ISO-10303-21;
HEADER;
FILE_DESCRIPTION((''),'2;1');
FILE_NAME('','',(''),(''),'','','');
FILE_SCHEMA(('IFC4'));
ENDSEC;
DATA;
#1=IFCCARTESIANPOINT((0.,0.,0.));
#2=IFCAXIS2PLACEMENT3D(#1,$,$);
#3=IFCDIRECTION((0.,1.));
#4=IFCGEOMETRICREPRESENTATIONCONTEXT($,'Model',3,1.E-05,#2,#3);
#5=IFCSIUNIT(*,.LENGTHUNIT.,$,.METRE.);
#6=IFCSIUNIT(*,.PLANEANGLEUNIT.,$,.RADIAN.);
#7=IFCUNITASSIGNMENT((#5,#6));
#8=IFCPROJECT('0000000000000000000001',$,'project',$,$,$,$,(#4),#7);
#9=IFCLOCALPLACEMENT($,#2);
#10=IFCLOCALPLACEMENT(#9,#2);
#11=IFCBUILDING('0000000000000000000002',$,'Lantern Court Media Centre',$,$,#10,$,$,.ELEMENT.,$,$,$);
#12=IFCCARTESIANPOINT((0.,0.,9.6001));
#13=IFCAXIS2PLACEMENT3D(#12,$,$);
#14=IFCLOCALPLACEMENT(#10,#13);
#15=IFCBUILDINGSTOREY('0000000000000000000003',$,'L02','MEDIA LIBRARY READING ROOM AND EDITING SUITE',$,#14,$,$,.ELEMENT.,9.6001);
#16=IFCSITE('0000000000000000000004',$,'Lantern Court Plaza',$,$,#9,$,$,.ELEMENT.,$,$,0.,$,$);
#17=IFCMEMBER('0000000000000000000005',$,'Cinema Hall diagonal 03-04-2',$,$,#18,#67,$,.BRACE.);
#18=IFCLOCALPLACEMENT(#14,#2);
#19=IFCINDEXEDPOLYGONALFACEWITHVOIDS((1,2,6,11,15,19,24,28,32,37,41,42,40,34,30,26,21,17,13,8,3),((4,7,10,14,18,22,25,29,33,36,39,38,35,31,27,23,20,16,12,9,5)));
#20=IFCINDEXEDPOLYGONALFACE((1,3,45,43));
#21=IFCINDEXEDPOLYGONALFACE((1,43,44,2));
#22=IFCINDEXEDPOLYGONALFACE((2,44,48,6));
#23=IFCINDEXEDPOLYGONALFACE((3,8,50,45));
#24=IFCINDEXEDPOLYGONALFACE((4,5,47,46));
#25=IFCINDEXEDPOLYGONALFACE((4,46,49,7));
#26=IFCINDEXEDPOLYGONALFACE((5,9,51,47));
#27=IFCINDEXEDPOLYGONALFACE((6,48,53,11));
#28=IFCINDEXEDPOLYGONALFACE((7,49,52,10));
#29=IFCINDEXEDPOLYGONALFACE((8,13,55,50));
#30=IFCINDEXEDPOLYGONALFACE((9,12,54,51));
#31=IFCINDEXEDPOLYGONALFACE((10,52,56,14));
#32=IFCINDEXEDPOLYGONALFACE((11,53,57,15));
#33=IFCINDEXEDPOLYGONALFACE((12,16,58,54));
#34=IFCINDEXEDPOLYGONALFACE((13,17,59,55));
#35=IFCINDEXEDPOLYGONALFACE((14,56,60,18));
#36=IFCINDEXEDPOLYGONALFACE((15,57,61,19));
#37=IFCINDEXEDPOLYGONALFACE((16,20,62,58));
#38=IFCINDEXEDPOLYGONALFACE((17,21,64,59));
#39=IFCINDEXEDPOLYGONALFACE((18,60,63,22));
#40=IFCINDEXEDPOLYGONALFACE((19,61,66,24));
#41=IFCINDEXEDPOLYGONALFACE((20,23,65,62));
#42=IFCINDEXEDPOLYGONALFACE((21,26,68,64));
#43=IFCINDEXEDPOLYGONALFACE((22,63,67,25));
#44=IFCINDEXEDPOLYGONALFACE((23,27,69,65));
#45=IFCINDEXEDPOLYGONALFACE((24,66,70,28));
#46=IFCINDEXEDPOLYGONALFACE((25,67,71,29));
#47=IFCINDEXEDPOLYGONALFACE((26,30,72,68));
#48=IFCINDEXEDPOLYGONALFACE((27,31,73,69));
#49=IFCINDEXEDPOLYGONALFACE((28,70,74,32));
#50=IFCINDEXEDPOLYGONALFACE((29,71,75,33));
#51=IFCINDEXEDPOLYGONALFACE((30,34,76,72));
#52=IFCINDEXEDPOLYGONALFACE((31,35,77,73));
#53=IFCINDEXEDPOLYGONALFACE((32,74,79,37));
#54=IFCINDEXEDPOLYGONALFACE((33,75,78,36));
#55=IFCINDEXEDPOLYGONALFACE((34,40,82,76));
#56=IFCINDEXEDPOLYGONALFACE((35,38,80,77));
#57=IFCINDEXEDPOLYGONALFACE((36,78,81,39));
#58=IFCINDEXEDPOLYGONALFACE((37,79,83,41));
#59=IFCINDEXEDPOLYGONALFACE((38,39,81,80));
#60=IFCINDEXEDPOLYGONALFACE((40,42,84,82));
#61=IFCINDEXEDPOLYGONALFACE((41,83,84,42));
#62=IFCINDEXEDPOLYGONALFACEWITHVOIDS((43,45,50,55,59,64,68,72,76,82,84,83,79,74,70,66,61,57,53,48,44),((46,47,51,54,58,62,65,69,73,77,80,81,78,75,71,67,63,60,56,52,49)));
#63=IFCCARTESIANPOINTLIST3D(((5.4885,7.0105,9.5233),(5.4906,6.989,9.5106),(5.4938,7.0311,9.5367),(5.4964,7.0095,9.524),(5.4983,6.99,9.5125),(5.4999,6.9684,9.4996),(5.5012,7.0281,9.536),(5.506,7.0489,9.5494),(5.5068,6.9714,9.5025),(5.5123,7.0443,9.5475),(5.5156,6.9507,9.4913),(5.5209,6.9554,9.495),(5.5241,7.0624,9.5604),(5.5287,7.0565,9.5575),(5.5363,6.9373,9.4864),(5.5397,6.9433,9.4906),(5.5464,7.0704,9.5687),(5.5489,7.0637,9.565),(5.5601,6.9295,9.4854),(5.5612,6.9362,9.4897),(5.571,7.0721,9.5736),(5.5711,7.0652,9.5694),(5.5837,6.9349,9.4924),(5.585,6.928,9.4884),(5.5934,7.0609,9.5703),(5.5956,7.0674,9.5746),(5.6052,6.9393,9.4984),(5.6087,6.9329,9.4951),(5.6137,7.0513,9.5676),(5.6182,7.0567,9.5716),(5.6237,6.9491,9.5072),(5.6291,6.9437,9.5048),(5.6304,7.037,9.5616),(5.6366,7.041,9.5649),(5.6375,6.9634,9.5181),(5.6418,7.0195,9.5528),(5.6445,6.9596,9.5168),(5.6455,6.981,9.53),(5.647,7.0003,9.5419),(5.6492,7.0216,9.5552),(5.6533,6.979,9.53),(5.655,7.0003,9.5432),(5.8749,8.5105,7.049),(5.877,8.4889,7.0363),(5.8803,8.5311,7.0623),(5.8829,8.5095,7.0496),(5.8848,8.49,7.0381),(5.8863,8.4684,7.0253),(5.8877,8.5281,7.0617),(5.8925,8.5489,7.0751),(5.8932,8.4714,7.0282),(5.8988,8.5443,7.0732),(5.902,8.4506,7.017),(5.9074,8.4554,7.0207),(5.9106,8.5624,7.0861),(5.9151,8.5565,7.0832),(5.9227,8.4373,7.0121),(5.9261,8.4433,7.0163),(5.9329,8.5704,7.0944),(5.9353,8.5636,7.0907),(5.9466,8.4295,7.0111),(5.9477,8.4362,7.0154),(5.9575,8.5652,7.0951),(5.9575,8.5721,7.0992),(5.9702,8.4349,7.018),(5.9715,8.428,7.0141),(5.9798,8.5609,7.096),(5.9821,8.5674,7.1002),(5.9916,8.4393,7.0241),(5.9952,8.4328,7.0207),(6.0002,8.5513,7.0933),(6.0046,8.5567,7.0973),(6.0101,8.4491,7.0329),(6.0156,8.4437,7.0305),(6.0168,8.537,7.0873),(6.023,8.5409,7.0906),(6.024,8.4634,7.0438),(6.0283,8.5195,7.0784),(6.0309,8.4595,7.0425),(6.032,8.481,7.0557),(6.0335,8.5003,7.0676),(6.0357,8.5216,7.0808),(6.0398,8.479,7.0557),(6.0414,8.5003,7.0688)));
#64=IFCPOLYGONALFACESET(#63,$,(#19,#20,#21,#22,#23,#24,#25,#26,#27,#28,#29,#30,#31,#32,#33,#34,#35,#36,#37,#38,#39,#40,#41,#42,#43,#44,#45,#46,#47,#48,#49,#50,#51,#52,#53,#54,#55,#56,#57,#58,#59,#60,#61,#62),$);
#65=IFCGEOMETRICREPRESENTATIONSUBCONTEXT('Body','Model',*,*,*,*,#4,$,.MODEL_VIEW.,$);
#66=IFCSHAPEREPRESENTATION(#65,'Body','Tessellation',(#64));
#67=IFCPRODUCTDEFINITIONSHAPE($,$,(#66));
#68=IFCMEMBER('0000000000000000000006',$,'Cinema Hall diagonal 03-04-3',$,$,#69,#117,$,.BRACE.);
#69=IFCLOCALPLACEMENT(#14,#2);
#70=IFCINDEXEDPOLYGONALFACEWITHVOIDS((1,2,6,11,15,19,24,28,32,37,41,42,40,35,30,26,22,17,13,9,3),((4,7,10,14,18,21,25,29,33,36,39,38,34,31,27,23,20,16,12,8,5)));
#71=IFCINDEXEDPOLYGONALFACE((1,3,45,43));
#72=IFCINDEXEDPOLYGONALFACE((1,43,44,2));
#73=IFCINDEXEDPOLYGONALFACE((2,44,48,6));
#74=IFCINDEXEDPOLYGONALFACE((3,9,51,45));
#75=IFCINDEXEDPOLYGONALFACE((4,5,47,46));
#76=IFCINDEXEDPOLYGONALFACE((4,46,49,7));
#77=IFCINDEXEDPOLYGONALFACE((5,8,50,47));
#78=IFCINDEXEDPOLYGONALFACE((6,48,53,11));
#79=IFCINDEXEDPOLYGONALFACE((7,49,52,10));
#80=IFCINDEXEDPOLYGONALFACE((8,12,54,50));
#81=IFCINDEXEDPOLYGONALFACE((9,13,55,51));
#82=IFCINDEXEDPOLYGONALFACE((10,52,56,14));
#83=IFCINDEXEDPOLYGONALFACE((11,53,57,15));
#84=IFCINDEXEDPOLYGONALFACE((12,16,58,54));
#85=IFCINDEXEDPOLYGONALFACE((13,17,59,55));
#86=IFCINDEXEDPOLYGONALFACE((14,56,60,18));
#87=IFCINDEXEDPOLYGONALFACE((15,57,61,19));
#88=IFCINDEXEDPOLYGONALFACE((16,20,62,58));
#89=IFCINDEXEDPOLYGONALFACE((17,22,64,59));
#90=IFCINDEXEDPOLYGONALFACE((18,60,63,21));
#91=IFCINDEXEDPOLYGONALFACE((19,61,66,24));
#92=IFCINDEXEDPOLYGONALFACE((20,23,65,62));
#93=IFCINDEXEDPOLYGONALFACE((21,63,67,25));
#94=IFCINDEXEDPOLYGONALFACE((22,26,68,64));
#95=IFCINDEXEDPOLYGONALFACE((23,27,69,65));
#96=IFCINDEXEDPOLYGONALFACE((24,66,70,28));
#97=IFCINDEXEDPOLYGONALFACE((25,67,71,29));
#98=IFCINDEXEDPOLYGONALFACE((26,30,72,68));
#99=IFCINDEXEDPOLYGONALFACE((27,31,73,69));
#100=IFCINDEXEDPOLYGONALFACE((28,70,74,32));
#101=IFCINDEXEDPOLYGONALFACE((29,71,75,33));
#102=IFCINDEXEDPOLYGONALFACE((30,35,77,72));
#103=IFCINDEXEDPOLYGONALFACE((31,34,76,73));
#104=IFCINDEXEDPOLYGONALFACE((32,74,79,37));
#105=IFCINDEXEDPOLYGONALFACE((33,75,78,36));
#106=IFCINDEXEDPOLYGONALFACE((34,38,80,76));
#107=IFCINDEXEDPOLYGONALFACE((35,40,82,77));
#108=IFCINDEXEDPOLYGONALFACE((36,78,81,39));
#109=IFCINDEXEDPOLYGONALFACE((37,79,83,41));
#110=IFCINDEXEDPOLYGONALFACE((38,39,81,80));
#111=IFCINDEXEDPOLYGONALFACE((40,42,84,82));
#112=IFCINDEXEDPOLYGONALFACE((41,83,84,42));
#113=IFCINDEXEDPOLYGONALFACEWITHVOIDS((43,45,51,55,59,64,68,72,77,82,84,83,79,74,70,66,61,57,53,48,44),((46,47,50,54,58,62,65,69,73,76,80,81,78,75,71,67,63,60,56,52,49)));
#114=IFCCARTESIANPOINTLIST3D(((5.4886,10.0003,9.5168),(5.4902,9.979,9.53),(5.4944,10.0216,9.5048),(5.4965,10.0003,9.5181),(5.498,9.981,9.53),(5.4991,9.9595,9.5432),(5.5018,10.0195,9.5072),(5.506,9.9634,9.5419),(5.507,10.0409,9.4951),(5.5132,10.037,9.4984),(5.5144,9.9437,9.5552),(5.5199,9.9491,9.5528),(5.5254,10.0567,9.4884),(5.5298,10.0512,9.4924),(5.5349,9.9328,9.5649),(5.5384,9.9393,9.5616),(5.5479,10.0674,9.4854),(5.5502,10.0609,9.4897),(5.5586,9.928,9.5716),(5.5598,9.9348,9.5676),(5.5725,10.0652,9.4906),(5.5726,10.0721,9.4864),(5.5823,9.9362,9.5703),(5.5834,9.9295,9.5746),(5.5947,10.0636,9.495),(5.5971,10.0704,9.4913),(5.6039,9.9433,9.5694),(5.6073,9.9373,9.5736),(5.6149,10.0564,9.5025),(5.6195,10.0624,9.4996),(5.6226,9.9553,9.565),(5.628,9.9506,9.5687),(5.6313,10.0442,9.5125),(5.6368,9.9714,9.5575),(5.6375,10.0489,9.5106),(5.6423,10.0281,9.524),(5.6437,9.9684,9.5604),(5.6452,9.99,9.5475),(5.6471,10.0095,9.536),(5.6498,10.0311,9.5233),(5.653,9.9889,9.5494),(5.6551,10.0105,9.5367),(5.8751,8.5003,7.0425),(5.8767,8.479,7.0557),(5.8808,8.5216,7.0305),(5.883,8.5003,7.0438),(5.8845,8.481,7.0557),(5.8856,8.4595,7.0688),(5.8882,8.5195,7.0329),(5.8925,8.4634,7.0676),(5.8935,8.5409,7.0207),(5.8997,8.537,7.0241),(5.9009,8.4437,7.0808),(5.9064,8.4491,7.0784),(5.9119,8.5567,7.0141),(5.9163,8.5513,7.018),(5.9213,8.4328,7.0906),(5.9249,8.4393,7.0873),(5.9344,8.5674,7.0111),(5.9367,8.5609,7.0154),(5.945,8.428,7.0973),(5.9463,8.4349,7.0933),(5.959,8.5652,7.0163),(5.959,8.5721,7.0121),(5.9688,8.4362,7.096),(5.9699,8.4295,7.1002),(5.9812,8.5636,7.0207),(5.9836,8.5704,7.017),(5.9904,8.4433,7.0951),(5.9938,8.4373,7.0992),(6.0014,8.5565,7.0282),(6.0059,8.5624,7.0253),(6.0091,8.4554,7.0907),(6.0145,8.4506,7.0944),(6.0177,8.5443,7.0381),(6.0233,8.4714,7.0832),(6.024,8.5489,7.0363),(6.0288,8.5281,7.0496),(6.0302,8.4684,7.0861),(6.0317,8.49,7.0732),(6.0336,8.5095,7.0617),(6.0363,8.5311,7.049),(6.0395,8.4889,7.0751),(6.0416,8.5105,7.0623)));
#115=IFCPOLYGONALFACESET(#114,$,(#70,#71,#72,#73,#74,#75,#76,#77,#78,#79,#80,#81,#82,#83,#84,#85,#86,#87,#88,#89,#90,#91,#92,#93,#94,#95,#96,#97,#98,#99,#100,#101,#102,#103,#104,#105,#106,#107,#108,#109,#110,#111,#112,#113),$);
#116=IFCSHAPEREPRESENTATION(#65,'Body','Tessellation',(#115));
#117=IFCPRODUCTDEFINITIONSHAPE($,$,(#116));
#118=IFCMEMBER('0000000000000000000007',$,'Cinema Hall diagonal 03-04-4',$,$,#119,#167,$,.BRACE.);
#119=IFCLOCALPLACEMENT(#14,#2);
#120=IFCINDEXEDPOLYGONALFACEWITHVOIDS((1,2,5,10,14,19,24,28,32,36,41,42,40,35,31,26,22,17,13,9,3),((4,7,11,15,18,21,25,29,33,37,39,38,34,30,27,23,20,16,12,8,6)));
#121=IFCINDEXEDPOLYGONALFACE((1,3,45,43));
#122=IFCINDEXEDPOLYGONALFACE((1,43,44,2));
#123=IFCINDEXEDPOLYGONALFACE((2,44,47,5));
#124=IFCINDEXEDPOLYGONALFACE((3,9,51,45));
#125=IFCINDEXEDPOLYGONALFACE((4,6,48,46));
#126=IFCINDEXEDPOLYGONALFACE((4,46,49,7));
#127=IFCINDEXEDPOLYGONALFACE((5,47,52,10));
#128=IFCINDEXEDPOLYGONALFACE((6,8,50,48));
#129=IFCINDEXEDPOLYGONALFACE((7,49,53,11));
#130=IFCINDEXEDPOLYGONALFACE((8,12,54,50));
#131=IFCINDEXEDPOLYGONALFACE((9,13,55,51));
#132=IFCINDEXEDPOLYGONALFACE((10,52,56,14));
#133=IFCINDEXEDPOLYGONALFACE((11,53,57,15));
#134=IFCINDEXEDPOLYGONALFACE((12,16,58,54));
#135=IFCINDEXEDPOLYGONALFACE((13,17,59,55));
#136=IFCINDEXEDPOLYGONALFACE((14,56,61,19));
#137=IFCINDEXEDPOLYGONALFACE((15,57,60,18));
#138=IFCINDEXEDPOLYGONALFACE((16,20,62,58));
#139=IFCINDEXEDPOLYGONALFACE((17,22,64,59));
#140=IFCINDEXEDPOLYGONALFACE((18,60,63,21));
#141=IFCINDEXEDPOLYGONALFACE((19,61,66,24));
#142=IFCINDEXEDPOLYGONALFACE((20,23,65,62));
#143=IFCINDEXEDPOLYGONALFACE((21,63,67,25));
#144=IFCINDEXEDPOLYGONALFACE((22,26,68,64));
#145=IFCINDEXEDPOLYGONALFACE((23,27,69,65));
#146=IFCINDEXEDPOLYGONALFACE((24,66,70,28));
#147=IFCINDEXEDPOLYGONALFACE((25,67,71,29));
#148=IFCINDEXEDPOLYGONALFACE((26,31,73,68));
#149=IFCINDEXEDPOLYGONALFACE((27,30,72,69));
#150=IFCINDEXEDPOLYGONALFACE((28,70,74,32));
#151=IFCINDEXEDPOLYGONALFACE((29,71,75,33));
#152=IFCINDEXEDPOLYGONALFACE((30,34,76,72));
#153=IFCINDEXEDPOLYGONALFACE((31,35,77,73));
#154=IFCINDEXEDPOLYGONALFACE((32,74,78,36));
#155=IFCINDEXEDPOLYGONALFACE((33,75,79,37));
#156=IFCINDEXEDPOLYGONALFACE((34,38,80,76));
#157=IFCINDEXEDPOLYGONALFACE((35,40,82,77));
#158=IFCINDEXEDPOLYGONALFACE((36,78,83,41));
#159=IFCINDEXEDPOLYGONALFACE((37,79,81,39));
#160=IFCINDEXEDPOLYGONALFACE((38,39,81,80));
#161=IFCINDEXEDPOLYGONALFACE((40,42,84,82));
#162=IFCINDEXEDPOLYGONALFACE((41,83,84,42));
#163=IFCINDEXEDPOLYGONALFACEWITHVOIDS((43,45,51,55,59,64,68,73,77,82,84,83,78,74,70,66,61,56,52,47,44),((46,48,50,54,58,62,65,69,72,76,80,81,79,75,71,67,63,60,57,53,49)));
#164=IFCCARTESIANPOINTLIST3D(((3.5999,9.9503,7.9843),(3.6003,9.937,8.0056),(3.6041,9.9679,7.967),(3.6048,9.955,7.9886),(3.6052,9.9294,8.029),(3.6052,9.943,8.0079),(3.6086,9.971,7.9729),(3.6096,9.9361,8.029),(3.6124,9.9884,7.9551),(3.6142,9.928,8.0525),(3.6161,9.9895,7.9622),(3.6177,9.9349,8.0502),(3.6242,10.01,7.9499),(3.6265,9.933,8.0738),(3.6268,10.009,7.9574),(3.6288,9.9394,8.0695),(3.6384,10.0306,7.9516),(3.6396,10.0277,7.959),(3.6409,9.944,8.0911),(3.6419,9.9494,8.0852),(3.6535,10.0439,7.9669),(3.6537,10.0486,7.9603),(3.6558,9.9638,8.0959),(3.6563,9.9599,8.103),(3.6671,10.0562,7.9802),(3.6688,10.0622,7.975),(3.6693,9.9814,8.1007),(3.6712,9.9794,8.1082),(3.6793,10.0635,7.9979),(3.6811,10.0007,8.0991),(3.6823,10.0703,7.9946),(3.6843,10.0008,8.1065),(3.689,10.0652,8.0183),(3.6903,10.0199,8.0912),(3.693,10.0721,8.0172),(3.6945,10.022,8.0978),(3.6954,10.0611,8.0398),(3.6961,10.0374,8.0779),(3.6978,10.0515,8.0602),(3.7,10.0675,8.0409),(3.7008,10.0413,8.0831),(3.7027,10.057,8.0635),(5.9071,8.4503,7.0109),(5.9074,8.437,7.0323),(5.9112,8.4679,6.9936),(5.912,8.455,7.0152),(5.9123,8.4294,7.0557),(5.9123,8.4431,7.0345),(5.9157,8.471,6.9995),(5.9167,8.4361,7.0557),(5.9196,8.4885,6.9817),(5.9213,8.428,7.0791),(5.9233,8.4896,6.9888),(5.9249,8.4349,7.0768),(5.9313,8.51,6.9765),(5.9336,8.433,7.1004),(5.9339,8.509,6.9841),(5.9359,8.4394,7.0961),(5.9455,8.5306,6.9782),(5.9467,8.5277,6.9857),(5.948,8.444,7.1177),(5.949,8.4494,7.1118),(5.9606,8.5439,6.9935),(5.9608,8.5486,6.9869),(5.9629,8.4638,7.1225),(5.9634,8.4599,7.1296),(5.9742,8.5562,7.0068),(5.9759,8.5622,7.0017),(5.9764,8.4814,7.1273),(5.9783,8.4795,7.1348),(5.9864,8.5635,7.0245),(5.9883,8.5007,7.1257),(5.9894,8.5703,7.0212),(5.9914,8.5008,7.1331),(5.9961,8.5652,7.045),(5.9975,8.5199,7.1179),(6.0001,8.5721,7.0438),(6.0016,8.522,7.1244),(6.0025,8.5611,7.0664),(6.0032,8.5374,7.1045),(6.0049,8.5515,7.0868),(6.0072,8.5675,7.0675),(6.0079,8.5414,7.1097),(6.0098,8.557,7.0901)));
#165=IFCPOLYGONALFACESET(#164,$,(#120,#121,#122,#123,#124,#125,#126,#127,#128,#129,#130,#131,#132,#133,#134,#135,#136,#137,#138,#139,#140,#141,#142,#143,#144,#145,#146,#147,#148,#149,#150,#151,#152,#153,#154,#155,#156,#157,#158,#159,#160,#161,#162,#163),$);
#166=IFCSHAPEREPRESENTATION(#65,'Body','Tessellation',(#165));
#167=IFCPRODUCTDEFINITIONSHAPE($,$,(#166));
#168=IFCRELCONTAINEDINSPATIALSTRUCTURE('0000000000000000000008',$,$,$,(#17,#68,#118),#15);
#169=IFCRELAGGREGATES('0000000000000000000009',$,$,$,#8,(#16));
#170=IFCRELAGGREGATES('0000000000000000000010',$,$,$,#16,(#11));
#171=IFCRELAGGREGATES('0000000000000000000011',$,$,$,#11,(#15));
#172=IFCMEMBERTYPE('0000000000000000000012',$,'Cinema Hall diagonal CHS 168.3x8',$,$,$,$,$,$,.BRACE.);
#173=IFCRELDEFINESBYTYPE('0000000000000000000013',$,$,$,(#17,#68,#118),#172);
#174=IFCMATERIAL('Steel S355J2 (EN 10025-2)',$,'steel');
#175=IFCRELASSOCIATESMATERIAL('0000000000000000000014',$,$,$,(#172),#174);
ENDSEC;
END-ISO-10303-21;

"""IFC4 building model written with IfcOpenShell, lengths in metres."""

from ifc_helpers import new_model, si_unit, direction, frame, origin, origin_2d, place, context, subcontext, project, spatial, hollow_circle, extrude, material, material_profile, profile_set, type_object, element, save


model = new_model("IFC4")

# Units and contexts
model_context = context("Model", 3, precision=1e-05, world=origin(), true_north=direction((0.0, 1.0)))
body_context = subcontext(model_context, "Body", "Model", "MODEL_VIEW")
ifc_project = project(units=[si_unit("LENGTHUNIT", "METRE"), si_unit("PLANEANGLEUNIT", "RADIAN")], contexts=[model_context])

# Site, building, storey
site_placement = place(None, origin())
site = spatial("IfcSite", under=ifc_project, at=site_placement, Name="Lantern Court Plaza", CompositionType="ELEMENT", RefElevation=0.0)
building_placement = place(site_placement, origin())
building = spatial("IfcBuilding", under=site, at=building_placement, Name="Lantern Court Media Centre", CompositionType="ELEMENT")
storey_placement = place(building_placement, frame((0.0, 0.0, 9.6001)))
storey = spatial("IfcBuildingStorey", under=building, at=storey_placement, Name="L02", Description="MEDIA LIBRARY READING ROOM AND EDITING SUITE", CompositionType="ELEMENT", Elevation=9.6001)

# Members
ifc_material = material(Name="Steel S355J2 (EN 10025-2)", Category="steel")
ifc_material_profile_1 = material_profile(ifc_material, hollow_circle(Radius=0.0842, WallThickness=0.0081, at=origin_2d()), Name="Cinema Hall diagonal CHS 168.3x8")
ifc_profile_set_1 = profile_set([ifc_material_profile_1], Name="Steel S355J2 (EN 10025-2)")
member_type_1 = type_object("IfcMemberType", Name="Cinema Hall diagonal CHS 168.3x8", PredefinedType="BRACE", material=ifc_profile_set_1)
for number, where, z_axis, x_axis, name in (
    (1, (5.9583, 8.5, 7.0557), (-0.13239, -0.513836, 0.847612), (0.968374, -0.249501, 0.0), "Cinema Hall diagonal 03-04-2"),
    (2, (5.9583, 8.5, 7.0557), (-0.13239, 0.513836, 0.847612), (-0.968374, -0.249501, 0.0), "Cinema Hall diagonal 03-04-3"),
):
    element("IfcMember", number, at=place(storey_placement, frame(where, z_axis=z_axis, x_axis=x_axis)), inside=storey, type_object=member_type_1, Name=name, PredefinedType="BRACE", context=body_context, shape_type="SweptSolid", body=[
        extrude(hollow_circle(Radius=0.0842, WallThickness=0.0081, at=origin_2d()), origin(), (0.0, 0.0, 1.0), 2.9192),
    ])
member_1_placement = place(storey_placement, frame((5.9583, 8.5, 7.0557), z_axis=(-0.790394, 0.513882, 0.333471), x_axis=(-0.545082, -0.838383, 0.0)))
element("IfcMember", 3, at=member_1_placement, inside=storey, type_object=member_type_1, Name="Cinema Hall diagonal 03-04-4", PredefinedType="BRACE", context=body_context, shape_type="SweptSolid", body=[
    extrude(hollow_circle(Radius=0.0842, WallThickness=0.0081, at=origin_2d()), origin(), (0.0, 0.0, 1.0), 2.9189),
])

save(model, "model.ifc")
